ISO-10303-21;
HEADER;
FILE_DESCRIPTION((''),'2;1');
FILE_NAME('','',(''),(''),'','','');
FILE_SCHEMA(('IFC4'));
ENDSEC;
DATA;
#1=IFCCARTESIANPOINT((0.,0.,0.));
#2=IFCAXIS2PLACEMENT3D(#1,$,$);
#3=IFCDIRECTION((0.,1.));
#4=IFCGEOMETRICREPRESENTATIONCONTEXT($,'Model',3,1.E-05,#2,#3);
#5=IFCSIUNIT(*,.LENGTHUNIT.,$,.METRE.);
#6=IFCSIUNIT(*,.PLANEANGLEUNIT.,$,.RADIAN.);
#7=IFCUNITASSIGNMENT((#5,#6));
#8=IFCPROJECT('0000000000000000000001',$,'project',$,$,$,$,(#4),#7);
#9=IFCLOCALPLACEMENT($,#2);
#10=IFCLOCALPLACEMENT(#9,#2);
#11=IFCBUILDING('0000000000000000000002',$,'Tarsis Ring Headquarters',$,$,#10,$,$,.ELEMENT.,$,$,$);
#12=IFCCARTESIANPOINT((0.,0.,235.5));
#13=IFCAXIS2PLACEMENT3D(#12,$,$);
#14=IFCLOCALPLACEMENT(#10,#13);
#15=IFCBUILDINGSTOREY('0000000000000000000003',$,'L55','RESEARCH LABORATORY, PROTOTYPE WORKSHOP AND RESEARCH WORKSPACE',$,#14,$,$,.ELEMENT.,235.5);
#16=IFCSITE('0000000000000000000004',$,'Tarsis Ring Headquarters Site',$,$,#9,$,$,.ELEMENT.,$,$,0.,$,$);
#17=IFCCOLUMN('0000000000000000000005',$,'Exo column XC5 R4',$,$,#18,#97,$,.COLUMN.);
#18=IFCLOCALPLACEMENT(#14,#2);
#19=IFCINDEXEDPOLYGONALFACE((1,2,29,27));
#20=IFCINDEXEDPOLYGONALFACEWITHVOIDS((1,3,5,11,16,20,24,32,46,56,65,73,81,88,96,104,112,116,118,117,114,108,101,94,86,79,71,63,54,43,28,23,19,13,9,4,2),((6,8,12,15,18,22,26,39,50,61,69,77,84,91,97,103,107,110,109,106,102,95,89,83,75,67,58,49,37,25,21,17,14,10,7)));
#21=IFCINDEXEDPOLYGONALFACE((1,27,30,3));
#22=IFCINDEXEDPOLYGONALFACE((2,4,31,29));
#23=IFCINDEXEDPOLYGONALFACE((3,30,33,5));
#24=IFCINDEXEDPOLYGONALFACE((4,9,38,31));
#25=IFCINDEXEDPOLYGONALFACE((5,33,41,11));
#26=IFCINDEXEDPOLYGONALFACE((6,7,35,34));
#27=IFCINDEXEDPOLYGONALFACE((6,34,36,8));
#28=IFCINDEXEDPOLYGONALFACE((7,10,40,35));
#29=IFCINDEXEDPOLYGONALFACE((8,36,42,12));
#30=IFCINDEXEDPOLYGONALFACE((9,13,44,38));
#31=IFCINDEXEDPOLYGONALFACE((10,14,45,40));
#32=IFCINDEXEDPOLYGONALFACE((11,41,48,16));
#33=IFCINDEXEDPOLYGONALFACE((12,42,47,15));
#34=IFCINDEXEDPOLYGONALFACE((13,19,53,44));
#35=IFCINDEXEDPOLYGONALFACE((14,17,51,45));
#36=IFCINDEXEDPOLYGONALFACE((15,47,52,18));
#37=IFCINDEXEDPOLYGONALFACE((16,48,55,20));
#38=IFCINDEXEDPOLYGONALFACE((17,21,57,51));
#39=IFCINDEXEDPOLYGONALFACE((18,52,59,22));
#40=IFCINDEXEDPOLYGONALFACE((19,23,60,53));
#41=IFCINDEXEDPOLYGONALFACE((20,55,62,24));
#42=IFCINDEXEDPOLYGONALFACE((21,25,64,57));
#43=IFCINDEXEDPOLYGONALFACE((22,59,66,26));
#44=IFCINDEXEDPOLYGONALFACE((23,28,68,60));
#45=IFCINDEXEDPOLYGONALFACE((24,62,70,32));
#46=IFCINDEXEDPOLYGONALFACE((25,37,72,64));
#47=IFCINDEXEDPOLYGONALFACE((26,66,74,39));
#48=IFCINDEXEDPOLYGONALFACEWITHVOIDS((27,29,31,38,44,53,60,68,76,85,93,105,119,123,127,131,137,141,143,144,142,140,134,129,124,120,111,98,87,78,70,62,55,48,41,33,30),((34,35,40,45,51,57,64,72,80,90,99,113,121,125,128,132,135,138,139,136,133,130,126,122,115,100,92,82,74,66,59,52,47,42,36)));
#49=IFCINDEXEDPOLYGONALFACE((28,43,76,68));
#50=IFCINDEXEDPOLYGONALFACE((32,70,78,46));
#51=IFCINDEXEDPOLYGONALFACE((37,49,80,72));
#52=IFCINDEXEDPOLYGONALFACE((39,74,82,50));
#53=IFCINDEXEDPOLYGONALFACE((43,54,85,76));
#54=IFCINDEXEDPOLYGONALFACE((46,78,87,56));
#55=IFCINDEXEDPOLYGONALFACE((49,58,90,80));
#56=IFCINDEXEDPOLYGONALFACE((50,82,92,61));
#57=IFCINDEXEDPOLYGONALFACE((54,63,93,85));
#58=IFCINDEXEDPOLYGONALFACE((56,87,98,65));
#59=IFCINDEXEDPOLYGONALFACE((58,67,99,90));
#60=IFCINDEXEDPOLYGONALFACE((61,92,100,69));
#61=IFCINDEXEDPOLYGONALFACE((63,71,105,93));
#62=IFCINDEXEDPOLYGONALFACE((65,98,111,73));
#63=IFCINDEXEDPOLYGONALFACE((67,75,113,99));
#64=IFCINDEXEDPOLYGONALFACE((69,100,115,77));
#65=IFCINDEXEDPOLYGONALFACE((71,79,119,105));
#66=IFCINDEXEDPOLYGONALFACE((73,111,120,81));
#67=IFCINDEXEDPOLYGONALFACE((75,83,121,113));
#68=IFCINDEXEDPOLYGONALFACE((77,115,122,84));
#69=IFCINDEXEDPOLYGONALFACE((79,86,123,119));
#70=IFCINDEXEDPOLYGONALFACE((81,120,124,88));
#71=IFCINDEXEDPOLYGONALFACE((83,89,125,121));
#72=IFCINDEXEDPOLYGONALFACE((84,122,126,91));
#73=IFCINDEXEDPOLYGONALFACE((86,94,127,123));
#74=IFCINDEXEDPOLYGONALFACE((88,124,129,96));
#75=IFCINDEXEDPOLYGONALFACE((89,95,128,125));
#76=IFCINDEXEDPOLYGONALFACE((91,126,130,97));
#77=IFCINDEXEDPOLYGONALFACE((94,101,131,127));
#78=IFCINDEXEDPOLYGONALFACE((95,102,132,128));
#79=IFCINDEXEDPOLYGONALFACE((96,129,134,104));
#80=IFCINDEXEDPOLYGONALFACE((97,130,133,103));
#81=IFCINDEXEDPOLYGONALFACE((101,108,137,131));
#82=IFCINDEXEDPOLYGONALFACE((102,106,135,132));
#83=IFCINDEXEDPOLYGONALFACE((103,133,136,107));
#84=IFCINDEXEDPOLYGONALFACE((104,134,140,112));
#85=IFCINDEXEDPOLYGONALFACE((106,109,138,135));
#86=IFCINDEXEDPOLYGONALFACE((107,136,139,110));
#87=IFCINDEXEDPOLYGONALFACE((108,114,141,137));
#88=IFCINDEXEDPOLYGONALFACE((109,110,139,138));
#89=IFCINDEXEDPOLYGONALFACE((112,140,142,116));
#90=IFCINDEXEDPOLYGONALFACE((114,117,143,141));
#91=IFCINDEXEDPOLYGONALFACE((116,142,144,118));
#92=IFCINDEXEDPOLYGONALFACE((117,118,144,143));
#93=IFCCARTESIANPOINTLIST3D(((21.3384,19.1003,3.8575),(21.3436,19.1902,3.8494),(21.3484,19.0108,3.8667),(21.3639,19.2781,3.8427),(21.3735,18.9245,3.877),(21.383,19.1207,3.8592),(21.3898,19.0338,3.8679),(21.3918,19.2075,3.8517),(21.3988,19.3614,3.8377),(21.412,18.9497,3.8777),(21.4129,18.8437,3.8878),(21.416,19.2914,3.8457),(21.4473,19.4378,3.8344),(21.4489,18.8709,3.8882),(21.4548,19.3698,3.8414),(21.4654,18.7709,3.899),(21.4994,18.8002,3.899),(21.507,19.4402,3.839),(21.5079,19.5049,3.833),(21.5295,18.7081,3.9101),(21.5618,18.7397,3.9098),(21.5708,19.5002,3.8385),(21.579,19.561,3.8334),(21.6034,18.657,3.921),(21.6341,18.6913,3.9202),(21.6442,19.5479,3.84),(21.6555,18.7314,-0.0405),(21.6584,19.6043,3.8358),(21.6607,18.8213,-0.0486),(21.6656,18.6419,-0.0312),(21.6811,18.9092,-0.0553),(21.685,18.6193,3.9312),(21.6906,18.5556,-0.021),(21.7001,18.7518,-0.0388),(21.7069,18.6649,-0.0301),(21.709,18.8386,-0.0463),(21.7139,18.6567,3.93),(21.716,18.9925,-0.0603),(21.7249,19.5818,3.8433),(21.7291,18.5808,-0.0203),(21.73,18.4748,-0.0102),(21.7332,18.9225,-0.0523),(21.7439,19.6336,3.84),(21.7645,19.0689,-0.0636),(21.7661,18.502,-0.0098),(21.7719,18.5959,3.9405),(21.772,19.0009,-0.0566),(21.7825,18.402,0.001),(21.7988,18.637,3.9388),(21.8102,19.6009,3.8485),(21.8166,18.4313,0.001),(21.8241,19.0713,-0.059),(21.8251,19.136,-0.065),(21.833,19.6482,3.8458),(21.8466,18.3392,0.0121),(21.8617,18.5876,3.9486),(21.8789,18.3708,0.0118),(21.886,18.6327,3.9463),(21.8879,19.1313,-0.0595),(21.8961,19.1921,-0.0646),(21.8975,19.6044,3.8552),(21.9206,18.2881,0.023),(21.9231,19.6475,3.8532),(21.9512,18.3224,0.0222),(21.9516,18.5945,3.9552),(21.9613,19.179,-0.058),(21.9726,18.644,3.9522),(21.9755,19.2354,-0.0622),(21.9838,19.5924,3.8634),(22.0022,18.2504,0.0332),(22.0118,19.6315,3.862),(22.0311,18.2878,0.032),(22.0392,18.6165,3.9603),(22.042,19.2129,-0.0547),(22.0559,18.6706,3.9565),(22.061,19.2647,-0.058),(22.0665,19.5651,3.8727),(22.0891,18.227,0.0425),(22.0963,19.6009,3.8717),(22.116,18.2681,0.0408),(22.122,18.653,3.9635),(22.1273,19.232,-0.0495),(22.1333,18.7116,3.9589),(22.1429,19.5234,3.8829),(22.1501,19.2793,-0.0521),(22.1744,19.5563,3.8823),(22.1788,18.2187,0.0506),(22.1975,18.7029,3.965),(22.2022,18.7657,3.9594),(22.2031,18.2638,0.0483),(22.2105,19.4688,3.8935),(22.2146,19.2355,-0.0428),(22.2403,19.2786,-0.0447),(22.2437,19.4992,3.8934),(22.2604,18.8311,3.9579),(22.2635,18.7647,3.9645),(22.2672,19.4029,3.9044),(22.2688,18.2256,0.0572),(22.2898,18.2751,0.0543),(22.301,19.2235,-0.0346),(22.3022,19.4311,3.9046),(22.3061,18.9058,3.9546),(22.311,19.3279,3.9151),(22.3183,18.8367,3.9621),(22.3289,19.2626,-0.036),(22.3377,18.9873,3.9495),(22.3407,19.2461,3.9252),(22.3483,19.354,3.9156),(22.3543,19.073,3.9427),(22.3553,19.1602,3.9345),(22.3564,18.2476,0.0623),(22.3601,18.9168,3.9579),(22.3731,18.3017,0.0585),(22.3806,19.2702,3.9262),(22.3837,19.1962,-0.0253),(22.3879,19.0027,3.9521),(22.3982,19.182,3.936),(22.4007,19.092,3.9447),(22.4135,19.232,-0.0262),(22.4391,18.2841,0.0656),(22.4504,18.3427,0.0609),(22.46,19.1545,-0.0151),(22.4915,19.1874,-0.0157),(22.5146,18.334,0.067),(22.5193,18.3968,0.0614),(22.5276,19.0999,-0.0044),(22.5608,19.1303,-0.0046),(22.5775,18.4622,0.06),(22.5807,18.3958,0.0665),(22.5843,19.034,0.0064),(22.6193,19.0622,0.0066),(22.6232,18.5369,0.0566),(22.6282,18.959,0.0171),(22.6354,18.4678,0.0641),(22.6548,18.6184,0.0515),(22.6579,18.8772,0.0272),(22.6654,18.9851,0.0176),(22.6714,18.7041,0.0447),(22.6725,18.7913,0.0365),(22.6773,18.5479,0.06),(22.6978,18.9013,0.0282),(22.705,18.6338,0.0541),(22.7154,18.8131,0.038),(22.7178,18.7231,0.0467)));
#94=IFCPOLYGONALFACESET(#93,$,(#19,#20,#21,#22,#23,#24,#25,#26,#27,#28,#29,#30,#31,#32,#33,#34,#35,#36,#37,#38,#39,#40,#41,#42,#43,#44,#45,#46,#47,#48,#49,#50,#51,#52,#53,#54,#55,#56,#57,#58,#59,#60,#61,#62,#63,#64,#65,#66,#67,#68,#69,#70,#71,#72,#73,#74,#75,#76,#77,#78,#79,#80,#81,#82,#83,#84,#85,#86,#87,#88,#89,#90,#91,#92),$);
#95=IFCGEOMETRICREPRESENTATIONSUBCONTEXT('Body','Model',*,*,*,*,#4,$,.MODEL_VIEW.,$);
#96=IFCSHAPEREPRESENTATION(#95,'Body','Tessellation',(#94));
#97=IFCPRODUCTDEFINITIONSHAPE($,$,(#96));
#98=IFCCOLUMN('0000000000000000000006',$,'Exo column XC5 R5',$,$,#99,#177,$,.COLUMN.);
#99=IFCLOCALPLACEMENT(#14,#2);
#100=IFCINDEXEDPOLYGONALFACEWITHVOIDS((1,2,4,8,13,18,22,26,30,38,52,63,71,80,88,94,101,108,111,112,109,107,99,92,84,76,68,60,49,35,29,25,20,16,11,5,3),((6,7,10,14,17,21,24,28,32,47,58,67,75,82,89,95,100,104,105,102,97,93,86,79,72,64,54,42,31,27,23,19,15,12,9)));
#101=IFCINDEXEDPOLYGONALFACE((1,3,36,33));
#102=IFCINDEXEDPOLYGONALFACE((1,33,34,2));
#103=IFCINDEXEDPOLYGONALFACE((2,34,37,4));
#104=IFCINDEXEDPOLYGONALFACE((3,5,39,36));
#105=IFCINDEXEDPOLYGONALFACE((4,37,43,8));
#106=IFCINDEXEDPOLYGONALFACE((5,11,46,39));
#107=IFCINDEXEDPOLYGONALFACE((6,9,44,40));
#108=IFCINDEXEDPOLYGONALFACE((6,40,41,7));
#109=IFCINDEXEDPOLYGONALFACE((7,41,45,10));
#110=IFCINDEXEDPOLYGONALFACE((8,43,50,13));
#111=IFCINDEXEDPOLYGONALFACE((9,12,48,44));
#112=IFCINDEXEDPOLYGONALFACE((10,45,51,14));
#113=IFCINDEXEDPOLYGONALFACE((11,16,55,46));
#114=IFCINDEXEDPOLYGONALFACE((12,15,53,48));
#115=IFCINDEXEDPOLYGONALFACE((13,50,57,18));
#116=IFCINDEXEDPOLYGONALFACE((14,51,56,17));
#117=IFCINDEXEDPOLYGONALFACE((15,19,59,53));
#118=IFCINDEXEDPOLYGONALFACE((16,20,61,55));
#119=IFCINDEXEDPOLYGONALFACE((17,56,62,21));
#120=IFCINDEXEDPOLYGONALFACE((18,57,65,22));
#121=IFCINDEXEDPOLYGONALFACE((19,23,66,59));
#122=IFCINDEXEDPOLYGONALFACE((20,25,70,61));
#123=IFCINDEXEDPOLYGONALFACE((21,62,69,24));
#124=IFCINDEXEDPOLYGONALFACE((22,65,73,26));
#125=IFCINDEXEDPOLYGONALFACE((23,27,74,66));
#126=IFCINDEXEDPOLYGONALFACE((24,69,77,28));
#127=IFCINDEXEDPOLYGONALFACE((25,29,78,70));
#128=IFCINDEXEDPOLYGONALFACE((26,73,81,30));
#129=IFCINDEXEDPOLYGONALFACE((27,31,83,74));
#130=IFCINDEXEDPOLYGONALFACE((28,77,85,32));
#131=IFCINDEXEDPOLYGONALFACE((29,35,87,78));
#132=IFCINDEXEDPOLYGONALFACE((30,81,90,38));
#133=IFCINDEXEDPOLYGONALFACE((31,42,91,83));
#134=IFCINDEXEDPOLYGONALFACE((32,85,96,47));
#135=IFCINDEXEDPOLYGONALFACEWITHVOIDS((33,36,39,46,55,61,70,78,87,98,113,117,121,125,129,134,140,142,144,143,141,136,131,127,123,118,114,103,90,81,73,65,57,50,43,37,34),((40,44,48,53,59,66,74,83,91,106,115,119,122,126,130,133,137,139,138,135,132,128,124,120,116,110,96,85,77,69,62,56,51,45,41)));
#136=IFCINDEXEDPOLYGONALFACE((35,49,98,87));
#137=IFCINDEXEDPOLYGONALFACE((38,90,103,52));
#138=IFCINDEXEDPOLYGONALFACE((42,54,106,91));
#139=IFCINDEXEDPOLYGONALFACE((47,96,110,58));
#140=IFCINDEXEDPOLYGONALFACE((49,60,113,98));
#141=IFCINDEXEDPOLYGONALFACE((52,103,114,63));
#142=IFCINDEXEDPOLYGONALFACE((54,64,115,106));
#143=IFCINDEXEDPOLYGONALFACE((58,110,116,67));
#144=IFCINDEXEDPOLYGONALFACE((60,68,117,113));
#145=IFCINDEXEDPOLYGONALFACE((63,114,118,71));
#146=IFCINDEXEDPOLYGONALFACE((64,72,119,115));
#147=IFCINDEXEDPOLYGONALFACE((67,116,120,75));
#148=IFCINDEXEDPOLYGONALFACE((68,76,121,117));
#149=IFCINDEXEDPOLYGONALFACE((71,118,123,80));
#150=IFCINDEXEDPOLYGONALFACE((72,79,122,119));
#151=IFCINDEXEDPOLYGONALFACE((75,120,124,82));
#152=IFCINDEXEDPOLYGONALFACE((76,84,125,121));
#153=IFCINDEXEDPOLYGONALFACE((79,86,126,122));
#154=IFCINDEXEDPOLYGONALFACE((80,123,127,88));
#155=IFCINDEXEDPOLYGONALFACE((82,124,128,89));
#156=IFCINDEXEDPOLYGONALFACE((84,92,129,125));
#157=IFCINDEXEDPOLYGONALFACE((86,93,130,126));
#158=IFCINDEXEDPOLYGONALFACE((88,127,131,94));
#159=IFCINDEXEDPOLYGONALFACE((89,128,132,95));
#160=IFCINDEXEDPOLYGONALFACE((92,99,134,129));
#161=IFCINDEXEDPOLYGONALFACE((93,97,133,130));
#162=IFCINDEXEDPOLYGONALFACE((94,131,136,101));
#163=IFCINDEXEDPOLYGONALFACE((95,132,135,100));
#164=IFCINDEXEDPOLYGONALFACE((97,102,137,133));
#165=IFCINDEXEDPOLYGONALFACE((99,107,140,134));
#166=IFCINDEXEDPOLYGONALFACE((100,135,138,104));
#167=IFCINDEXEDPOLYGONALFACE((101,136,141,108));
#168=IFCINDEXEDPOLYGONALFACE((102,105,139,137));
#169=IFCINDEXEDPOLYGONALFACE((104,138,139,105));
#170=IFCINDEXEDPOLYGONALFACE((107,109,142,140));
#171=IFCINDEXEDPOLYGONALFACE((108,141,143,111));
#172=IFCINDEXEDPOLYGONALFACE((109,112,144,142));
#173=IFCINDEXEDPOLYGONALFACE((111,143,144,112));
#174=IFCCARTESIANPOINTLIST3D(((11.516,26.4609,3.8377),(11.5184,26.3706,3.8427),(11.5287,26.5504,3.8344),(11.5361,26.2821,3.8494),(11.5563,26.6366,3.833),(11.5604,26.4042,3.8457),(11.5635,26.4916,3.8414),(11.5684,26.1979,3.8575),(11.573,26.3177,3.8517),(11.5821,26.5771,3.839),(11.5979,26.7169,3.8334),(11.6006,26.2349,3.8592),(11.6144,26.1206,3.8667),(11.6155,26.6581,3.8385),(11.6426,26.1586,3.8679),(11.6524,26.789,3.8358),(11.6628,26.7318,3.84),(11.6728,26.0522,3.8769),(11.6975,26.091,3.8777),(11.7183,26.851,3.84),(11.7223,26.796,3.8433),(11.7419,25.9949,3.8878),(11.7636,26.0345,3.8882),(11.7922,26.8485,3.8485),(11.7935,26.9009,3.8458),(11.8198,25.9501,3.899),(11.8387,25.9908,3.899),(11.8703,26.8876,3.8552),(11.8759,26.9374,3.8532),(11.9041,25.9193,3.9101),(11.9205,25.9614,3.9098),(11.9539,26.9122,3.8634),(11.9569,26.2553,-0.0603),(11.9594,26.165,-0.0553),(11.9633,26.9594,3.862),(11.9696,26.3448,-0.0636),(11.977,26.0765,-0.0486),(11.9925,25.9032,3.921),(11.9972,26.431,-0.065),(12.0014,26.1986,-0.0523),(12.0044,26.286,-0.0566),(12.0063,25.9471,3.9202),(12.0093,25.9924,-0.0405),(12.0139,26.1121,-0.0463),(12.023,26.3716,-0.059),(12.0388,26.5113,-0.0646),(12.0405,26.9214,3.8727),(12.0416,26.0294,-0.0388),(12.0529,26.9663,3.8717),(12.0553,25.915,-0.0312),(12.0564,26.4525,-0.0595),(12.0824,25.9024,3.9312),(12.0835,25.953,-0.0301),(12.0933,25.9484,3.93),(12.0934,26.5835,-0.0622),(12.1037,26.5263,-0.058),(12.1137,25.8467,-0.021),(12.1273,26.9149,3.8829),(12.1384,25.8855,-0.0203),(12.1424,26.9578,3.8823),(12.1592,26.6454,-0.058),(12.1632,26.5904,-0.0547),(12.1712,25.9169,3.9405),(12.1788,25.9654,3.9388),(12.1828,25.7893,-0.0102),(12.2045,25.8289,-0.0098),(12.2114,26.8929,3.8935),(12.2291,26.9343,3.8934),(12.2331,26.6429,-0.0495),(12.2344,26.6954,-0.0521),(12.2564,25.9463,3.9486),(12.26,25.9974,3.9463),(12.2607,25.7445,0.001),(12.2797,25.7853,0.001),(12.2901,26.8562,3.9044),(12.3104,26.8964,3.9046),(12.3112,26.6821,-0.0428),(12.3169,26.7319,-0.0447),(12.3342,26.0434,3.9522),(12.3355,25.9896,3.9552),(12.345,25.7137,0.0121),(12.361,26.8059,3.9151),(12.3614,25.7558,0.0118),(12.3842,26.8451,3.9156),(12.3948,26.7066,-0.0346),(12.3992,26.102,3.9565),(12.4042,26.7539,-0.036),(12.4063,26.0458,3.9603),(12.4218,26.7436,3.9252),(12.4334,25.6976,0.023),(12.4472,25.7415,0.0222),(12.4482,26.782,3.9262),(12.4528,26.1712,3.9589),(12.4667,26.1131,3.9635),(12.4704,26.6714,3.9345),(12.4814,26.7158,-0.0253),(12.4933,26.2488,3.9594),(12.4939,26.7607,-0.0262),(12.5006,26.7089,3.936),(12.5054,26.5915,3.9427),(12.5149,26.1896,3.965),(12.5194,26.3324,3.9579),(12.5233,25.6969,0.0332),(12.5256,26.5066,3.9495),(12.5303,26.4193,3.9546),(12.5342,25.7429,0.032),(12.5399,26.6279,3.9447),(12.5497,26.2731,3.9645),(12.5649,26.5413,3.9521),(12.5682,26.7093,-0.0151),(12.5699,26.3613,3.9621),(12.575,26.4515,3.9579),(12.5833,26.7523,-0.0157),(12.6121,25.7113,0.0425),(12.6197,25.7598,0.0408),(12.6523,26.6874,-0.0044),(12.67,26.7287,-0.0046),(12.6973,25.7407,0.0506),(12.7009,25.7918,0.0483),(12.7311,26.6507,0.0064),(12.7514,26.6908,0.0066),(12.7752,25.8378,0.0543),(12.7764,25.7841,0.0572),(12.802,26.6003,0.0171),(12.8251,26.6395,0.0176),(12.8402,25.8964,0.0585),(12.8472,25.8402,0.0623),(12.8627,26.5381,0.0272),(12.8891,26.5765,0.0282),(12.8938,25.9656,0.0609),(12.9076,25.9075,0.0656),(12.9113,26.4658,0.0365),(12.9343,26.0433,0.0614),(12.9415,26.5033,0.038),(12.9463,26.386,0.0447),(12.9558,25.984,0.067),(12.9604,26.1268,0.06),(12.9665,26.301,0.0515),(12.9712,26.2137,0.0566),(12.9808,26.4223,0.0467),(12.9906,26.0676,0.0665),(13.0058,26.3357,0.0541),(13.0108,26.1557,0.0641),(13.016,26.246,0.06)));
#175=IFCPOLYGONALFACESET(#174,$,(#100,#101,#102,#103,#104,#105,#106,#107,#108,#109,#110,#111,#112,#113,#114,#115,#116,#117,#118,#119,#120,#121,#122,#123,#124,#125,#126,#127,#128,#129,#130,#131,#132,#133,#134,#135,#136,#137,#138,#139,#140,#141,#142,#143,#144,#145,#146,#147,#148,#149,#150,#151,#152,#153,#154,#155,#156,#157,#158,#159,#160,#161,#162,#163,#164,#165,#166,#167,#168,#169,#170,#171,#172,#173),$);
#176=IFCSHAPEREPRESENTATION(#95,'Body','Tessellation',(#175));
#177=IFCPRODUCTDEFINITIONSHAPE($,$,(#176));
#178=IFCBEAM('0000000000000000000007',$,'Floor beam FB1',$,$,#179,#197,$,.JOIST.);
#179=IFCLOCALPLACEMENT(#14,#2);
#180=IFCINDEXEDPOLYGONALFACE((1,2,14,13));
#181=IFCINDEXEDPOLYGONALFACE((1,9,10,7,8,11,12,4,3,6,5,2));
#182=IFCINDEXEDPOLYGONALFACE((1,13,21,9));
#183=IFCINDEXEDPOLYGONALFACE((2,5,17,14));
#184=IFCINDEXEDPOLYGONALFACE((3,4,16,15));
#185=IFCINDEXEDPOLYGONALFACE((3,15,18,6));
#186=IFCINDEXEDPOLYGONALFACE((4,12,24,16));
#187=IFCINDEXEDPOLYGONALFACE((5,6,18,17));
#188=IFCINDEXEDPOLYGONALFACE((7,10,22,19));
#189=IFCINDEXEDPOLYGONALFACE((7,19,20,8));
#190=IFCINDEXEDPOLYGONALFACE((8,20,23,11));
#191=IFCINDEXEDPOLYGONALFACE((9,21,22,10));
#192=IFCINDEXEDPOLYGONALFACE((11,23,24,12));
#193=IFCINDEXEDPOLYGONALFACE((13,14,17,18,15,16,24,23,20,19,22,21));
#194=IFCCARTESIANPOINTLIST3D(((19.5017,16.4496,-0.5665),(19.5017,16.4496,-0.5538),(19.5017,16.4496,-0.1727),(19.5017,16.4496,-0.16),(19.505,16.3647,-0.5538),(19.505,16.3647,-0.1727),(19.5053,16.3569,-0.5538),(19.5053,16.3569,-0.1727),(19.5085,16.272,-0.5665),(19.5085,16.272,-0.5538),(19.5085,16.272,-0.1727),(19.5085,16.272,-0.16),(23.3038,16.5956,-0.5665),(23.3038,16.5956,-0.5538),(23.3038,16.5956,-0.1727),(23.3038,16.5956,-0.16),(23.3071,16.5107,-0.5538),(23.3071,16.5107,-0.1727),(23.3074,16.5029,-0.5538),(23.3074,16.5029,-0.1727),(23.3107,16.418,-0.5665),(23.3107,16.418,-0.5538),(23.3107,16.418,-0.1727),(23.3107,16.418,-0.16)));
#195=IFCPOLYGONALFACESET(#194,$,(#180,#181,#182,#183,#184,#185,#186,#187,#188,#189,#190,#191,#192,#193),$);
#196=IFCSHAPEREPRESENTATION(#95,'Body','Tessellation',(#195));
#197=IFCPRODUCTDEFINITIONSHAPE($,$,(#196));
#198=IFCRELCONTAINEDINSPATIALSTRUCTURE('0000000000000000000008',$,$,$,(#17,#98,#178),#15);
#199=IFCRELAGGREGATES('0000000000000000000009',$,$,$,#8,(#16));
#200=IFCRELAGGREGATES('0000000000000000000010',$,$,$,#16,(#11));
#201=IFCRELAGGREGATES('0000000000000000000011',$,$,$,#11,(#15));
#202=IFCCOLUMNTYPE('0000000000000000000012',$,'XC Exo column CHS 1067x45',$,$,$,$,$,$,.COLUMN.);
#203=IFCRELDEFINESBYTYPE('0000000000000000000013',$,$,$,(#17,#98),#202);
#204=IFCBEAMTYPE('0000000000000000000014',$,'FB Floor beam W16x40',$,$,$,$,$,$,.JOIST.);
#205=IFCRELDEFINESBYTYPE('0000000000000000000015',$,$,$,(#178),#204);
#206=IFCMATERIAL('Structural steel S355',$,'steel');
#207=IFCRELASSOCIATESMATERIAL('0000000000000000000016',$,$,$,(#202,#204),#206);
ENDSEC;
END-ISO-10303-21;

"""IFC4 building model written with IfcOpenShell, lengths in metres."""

from ifc_helpers import new_model, si_unit, direction, frame, origin, origin_2d, place, context, subcontext, project, spatial, hollow_circle, i_section, extrude, material, material_profile, profile_set, type_object, element, save


model = new_model("IFC4")

# Units and contexts
model_context = context("Model", 3, precision=1e-05, world=origin(), true_north=direction((0.0, 1.0)))
body_context = subcontext(model_context, "Body", "Model", "MODEL_VIEW")
ifc_project = project(units=[si_unit("LENGTHUNIT", "METRE"), si_unit("PLANEANGLEUNIT", "RADIAN")], contexts=[model_context])

# Site, building, storey
site_placement = place(None, origin())
site = spatial("IfcSite", under=ifc_project, at=site_placement, Name="Tarsis Ring Headquarters Site", CompositionType="ELEMENT", RefElevation=0.0)
building_placement = place(site_placement, origin())
building = spatial("IfcBuilding", under=site, at=building_placement, Name="Tarsis Ring Headquarters", CompositionType="ELEMENT")
storey_placement = place(building_placement, frame((0.0, 0.0, 235.5)))
storey = spatial("IfcBuildingStorey", under=building, at=storey_placement, Name="L55", Description="RESEARCH LABORATORY, PROTOTYPE WORKSHOP AND RESEARCH WORKSPACE", CompositionType="ELEMENT", Elevation=235.5)

# Columns
ifc_material_1 = material(Name="Structural steel S355", Category="steel")
ifc_material_profile_1 = material_profile(ifc_material_1, hollow_circle(Radius=0.5334, WallThickness=0.0449, at=origin_2d()), Name="CHS 1067x45")
ifc_profile_set_1 = profile_set([ifc_material_profile_1], Name="Structural steel S355")
column_type = type_object("IfcColumnType", Name="XC Exo column CHS 1067x45", PredefinedType="COLUMN", material=ifc_profile_set_1)
for number, where, z_axis, x_axis, name in (
    (1, (22.187, 18.7498, 0.001), (-0.080734, 0.09391, 0.992302), (-0.758299, -0.651907, 0.0), "Exo column XC5 R4"),
    (2, (12.4861, 26.228, 0.001), (-0.112245, 0.052331, 0.992302), (-0.422556, -0.906337, 0.0), "Exo column XC5 R5"),
):
    element("IfcColumn", number, at=place(storey_placement, frame(where, z_axis=z_axis, x_axis=x_axis)), inside=storey, type_object=column_type, Name=name, PredefinedType="COLUMN", context=body_context, shape_type="SweptSolid", body=[
        extrude(hollow_circle(Radius=0.5334, WallThickness=0.0449, at=origin_2d()), origin(), (0.0, 0.0, 1.0), 3.9282),
    ])

# Beam
ifc_material_profile_2 = material_profile(ifc_material_1, i_section(OverallWidth=0.1777, OverallDepth=0.4065, WebThickness=0.0078, FlangeThickness=0.0127, at=origin_2d()), Name="W16x40")
ifc_profile_set_2 = profile_set([ifc_material_profile_2], Name="Structural steel S355")
beam_type_1 = type_object("IfcBeamType", Name="FB Floor beam W16x40", PredefinedType="JOIST", material=ifc_profile_set_2)
beam_1_placement = place(storey_placement, frame((19.5051, 16.3608, -0.3633), z_axis=(0.999264, 0.038369, 0.0), x_axis=(-0.038369, 0.999264, 0.0)))
element("IfcBeam", 3, at=beam_1_placement, inside=storey, type_object=beam_type_1, Name="Floor beam FB1", PredefinedType="JOIST", context=body_context, shape_type="SweptSolid", body=[
    extrude(i_section(OverallWidth=0.1777, OverallDepth=0.4065, WebThickness=0.0078, FlangeThickness=0.0127, at=origin_2d()), origin(), (0.0, 0.0, 1.0), 3.8049),
])

save(model, "model.ifc")
